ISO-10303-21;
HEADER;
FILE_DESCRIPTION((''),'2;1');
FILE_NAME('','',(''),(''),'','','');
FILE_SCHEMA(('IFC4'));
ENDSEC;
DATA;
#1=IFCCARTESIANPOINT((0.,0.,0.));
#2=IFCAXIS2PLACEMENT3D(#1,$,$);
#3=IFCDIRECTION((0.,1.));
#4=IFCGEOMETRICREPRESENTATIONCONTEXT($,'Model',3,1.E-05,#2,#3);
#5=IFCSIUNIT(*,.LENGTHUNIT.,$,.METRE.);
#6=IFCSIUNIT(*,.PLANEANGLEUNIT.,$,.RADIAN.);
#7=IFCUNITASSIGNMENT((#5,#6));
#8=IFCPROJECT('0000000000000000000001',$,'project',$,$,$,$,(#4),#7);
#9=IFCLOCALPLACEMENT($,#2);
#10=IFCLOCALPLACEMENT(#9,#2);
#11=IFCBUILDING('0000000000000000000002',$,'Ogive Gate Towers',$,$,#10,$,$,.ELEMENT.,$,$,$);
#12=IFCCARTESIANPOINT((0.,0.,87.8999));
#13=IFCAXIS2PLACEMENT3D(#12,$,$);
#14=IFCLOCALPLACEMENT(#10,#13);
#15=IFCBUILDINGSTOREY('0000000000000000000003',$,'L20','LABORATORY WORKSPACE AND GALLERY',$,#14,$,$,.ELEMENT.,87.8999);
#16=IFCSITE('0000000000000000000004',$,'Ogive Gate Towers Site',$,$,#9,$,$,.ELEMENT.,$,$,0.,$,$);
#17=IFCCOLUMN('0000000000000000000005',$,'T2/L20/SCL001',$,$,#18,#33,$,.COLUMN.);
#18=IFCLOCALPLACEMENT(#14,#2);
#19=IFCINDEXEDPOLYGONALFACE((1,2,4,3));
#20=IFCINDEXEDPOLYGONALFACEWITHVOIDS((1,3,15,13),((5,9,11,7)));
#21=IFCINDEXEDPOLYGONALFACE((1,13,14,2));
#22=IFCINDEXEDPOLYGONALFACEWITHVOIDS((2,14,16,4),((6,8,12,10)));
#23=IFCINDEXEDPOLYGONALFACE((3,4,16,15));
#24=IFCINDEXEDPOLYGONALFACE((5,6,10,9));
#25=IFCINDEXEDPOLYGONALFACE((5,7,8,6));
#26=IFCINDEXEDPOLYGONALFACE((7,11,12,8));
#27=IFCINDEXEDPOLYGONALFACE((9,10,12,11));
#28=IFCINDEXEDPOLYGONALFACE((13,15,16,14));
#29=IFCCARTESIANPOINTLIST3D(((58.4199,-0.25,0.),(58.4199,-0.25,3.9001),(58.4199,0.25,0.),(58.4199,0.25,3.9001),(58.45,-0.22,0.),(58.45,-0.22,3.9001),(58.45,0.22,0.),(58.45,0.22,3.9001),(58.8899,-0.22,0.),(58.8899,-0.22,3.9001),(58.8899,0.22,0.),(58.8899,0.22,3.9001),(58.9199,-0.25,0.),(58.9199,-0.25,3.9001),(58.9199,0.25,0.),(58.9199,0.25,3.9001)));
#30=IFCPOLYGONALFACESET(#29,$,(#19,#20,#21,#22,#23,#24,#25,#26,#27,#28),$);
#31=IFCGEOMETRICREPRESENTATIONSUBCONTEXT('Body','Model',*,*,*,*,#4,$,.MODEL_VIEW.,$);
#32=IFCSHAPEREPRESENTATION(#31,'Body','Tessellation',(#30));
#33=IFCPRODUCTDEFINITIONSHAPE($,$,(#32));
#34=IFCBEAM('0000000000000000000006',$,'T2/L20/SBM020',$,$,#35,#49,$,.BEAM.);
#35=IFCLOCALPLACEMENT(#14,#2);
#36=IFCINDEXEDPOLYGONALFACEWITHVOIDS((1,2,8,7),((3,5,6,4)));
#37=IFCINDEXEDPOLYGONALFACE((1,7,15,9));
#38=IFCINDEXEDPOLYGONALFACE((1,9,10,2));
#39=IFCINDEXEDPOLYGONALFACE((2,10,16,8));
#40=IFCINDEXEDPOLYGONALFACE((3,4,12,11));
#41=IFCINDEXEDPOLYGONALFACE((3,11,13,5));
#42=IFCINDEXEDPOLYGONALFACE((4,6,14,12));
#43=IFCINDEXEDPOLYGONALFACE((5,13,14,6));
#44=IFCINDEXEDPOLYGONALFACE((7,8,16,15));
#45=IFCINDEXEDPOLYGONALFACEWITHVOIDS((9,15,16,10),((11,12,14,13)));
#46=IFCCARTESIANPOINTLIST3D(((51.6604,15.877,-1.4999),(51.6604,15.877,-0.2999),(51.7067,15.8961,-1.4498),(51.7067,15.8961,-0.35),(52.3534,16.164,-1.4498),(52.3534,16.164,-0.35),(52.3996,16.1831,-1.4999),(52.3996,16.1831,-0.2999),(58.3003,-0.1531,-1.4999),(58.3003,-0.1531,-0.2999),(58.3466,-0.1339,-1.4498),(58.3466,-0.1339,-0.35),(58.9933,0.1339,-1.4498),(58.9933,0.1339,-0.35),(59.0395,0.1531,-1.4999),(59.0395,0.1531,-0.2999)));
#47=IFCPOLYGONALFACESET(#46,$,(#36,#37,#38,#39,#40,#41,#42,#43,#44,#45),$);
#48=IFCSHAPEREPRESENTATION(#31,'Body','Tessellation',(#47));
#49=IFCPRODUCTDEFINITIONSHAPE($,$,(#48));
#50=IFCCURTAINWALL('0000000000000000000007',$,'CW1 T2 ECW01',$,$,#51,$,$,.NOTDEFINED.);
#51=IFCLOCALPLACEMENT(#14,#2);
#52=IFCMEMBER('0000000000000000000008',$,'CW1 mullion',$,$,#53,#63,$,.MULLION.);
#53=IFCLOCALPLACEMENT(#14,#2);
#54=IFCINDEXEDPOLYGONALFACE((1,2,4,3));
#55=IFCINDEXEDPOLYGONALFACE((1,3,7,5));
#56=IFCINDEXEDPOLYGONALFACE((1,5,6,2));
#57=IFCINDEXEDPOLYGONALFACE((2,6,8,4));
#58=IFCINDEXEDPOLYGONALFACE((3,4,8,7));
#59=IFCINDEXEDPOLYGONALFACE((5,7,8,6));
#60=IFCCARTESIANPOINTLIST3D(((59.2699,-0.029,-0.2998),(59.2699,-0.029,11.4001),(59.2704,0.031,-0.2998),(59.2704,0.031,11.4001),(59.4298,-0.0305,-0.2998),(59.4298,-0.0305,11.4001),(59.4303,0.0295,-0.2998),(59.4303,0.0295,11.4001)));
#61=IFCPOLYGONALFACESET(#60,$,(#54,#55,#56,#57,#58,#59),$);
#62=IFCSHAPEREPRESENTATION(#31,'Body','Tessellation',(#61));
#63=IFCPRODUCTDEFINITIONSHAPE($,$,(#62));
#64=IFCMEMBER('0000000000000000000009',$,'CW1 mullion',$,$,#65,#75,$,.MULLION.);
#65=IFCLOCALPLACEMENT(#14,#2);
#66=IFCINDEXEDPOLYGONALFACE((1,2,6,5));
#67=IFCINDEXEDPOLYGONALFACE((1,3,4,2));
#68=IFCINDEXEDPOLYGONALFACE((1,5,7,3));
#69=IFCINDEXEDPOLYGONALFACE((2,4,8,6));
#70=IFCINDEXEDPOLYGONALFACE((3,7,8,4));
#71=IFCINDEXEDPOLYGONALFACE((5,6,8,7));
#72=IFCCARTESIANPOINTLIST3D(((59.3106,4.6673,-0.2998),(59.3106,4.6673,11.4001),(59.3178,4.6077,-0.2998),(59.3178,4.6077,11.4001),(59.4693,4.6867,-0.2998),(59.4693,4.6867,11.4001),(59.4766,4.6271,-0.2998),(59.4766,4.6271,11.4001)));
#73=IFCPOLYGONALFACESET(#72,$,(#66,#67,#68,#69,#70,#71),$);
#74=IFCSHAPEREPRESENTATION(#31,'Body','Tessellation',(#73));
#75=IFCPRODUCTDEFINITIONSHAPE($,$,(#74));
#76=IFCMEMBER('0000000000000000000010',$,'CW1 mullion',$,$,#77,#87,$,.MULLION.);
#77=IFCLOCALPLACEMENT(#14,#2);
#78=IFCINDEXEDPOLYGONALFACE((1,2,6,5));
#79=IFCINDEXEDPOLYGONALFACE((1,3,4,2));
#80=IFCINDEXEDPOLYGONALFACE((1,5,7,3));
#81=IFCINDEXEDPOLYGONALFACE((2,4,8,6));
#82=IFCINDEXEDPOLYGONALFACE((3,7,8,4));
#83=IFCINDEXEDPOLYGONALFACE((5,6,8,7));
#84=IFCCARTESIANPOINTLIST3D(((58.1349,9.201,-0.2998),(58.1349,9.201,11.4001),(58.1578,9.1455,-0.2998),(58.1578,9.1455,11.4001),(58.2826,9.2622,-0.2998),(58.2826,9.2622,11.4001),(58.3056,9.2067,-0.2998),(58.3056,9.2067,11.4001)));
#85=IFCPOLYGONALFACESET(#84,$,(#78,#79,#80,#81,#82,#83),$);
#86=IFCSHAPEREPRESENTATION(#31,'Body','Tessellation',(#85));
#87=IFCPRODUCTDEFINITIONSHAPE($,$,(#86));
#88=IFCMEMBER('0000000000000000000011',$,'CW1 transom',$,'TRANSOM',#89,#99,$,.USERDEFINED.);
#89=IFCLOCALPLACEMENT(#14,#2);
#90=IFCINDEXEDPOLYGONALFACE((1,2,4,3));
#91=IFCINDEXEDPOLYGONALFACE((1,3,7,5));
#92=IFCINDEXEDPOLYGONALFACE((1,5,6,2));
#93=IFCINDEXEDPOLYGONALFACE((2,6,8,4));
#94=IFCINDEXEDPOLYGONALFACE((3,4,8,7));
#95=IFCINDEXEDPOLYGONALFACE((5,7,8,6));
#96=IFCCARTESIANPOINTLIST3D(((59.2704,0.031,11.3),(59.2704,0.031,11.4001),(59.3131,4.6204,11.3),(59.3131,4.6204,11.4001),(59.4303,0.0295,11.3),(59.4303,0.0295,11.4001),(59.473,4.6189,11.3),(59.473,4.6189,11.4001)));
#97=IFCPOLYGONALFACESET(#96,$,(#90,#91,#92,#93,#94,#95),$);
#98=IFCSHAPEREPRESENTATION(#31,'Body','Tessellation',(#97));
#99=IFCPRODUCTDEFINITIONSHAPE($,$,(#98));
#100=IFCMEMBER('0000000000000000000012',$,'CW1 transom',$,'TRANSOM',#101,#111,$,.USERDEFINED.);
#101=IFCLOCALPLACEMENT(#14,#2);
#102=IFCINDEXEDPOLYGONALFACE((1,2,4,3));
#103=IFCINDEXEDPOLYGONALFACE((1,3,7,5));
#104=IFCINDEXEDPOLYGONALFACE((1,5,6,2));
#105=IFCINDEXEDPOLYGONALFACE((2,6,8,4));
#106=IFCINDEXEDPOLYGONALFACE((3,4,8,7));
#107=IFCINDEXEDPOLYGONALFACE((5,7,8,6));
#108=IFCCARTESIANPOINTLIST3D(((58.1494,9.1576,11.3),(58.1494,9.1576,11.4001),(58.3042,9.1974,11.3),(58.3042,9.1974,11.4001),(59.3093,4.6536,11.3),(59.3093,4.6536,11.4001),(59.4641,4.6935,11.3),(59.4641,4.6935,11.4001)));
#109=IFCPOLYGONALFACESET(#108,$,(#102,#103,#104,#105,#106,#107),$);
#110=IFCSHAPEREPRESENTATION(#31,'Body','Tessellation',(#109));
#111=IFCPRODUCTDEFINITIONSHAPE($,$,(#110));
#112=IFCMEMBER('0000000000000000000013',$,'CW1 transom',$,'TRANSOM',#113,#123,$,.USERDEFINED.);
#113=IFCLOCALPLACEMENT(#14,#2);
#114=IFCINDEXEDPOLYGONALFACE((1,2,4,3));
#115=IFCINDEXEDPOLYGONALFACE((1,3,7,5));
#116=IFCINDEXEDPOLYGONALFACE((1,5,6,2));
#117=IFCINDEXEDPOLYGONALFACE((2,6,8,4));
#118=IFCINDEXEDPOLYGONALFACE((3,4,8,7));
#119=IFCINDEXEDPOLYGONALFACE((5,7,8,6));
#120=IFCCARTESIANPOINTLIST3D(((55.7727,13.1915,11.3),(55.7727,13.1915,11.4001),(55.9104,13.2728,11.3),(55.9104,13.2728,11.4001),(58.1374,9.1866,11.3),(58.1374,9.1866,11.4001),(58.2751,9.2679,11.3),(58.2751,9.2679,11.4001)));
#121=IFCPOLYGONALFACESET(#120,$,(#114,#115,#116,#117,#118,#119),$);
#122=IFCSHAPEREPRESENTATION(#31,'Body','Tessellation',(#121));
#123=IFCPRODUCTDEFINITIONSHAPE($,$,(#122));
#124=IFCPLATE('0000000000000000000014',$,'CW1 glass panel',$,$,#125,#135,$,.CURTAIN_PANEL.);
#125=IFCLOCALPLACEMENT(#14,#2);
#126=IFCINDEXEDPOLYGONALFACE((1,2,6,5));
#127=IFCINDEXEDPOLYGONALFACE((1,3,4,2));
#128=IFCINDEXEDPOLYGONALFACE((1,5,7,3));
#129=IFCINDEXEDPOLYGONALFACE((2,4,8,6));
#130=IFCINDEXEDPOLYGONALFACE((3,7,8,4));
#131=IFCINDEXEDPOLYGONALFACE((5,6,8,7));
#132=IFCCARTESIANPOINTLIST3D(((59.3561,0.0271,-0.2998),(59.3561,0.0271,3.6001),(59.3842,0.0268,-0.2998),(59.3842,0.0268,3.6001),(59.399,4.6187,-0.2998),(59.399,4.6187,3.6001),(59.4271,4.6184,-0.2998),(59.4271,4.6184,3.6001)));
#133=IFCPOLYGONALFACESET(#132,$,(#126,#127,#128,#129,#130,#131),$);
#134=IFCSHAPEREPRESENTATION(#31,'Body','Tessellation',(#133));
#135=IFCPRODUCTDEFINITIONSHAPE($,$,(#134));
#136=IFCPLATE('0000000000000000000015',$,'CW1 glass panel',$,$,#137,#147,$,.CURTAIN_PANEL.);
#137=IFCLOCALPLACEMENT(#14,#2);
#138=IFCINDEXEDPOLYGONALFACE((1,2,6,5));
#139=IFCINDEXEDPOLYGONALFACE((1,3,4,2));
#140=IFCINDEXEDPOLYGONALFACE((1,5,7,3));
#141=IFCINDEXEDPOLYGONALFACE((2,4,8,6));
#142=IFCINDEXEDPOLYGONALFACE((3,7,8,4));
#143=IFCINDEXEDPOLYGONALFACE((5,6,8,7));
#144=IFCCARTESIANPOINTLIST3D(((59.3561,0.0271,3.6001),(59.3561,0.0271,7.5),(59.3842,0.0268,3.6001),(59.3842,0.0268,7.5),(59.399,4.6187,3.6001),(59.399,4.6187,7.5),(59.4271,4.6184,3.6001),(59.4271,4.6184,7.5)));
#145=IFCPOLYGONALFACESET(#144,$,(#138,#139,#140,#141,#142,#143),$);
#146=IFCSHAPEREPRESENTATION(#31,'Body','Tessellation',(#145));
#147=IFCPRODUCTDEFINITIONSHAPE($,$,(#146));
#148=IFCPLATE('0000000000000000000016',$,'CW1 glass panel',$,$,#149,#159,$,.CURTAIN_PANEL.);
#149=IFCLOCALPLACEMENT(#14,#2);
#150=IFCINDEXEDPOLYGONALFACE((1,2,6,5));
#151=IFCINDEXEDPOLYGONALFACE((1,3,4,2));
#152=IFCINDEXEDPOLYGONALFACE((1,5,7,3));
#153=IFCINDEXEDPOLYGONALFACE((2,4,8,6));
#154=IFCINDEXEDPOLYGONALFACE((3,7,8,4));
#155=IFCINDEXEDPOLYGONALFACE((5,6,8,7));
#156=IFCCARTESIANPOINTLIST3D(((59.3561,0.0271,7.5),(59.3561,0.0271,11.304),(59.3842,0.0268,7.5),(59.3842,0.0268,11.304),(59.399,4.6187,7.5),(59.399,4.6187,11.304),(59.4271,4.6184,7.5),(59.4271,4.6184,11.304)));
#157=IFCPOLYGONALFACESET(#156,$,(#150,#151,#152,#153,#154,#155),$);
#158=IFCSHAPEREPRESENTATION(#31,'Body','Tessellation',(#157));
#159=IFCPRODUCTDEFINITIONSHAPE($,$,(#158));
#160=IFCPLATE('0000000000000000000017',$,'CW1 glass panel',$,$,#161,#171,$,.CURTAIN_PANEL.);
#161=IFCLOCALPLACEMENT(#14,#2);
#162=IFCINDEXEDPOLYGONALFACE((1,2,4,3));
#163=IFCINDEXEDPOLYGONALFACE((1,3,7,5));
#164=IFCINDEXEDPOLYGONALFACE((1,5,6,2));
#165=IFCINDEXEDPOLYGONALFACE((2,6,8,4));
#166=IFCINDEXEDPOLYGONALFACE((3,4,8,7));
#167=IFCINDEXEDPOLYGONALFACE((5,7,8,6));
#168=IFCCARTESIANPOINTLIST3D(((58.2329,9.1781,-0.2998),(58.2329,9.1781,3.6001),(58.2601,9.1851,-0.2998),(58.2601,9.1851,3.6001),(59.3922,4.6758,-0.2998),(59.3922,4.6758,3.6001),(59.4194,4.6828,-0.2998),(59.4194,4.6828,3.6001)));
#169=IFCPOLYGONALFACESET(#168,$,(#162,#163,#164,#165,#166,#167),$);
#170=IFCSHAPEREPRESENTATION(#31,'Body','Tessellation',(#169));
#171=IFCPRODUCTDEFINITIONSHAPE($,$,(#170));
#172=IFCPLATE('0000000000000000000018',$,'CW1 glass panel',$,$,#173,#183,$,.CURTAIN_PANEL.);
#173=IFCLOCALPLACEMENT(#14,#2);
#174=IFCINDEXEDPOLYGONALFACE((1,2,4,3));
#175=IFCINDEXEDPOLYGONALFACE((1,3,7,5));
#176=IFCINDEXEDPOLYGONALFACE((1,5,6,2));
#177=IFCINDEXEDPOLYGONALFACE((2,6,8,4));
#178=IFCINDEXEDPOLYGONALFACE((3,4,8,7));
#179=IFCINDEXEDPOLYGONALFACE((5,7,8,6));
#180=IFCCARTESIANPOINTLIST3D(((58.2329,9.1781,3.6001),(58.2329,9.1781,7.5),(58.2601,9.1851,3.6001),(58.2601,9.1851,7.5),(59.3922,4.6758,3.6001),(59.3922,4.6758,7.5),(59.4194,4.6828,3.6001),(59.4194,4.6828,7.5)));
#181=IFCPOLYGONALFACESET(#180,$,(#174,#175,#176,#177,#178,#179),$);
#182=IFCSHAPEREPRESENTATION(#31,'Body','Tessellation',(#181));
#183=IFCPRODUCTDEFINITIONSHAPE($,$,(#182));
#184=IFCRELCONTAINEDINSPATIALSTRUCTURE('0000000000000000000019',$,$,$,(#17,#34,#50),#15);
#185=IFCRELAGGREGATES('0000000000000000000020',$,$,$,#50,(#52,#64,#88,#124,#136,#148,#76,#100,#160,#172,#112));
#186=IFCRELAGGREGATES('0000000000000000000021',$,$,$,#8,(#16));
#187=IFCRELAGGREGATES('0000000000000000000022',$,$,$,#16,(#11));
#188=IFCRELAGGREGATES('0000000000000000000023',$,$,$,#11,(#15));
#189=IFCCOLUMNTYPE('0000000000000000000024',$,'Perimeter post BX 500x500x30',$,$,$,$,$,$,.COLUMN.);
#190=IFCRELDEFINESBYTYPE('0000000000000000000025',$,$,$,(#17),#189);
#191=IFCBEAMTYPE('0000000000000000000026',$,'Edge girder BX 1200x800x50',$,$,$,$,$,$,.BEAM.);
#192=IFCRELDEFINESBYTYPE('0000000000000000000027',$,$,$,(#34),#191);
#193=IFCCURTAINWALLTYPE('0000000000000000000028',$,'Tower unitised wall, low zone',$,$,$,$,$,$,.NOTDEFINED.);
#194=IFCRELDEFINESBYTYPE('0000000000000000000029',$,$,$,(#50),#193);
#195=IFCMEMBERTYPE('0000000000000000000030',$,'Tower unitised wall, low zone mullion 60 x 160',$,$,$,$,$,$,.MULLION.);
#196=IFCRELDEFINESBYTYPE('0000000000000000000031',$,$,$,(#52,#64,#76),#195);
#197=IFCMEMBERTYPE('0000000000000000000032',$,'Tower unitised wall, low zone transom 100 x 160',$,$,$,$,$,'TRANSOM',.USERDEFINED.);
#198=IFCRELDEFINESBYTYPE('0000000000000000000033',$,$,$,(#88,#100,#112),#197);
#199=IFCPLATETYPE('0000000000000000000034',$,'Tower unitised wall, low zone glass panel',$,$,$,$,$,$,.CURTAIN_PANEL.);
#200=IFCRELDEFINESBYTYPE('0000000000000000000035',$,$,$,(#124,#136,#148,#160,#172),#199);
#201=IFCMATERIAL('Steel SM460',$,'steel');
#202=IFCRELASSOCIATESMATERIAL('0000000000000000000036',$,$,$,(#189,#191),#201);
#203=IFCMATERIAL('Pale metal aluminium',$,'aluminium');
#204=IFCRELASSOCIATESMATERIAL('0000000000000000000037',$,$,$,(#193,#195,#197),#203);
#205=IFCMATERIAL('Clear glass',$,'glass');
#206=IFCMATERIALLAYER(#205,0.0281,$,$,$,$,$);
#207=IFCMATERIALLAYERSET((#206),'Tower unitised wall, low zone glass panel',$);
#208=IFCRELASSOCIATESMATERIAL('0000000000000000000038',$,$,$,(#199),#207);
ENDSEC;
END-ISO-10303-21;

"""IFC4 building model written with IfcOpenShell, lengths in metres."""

from ifc_helpers import new_model, si_unit, direction, frame, origin, origin_2d, place, context, subcontext, project, spatial, rectangle, hollow_rectangle, extrude, material, layer, layer_set, material_profile, profile_set, type_object, element, aggregate, save


model = new_model("IFC4")

# Units and contexts
model_context = context("Model", 3, precision=1e-05, world=origin(), true_north=direction((0.0, 1.0)))
body_context = subcontext(model_context, "Body", "Model", "MODEL_VIEW")
ifc_project = project(units=[si_unit("LENGTHUNIT", "METRE"), si_unit("PLANEANGLEUNIT", "RADIAN")], contexts=[model_context])

# Site, building, storey
site_placement = place(None, origin())
site = spatial("IfcSite", under=ifc_project, at=site_placement, Name="Ogive Gate Towers Site", CompositionType="ELEMENT", RefElevation=0.0)
building_placement = place(site_placement, origin())
building = spatial("IfcBuilding", under=site, at=building_placement, Name="Ogive Gate Towers", CompositionType="ELEMENT")
storey_placement = place(building_placement, frame((0.0, 0.0, 87.8999)))
storey = spatial("IfcBuildingStorey", under=building, at=storey_placement, Name="L20", Description="LABORATORY WORKSPACE AND GALLERY", CompositionType="ELEMENT", Elevation=87.8999)

# Column
ifc_material_1 = material(Name="Steel SM460", Category="steel")
ifc_material_profile_1 = material_profile(ifc_material_1, hollow_rectangle(XDim=0.5, YDim=0.5, WallThickness=0.03, at=origin_2d()), Name="BX 500x500x30")
ifc_profile_set_1 = profile_set([ifc_material_profile_1], Name="Steel SM460")
column_type = type_object("IfcColumnType", Name="Perimeter post BX 500x500x30", PredefinedType="COLUMN", material=ifc_profile_set_1)
column_placement = place(storey_placement, frame((58.6699, 0.0, 0.0), z_axis=(0.0, 0.0, 1.0), x_axis=(1.0, 0.0, 0.0)))
element("IfcColumn", 1, at=column_placement, inside=storey, type_object=column_type, Name="T2/L20/SCL001", PredefinedType="COLUMN", context=body_context, shape_type="SweptSolid", body=[
    extrude(hollow_rectangle(XDim=0.5, YDim=0.5, WallThickness=0.03, at=origin_2d()), origin(), (0.0, 0.0, 1.0), 3.9001),
])

# Beam
ifc_material_profile_2 = material_profile(ifc_material_1, hollow_rectangle(XDim=0.8, YDim=1.2, WallThickness=0.05, at=origin_2d()), Name="BX 1200x800x50")
ifc_profile_set_2 = profile_set([ifc_material_profile_2], Name="Steel SM460")
beam_type = type_object("IfcBeamType", Name="Edge girder BX 1200x800x50", PredefinedType="BEAM", material=ifc_profile_set_2)
beam_placement = place(storey_placement, frame((58.6699, 0.0, -0.8999), z_axis=(-0.382685, 0.923879, 0.0), x_axis=(-0.923879, -0.382685, 0.0)))
element("IfcBeam", 2, at=beam_placement, inside=storey, type_object=beam_type, Name="T2/L20/SBM020", PredefinedType="BEAM", context=body_context, shape_type="SweptSolid", body=[
    extrude(hollow_rectangle(XDim=0.8, YDim=1.2, WallThickness=0.05, at=origin_2d()), origin(), (0.0, 0.0, 1.0), 17.3508),
])

# Curtain wall, members, plates
ifc_material_2 = material(Name="Pale metal aluminium", Category="aluminium")
curtain_wall_type = type_object("IfcCurtainWallType", Name="Tower unitised wall, low zone", PredefinedType="NOTDEFINED", material=ifc_material_2)
curtain_wall_placement = place(storey_placement, origin())
curtain_wall = element("IfcCurtainWall", 3, at=curtain_wall_placement, inside=storey, type_object=curtain_wall_type, Name="CW1 T2 ECW01", PredefinedType="NOTDEFINED")
ifc_material_profile_3 = material_profile(ifc_material_2, rectangle(XDim=0.1599, YDim=0.0601, at=origin_2d()), Name="60 x 160 aluminium box")
ifc_profile_set_3 = profile_set([ifc_material_profile_3], Name="Pale metal aluminium")
member_type_1 = type_object("IfcMemberType", Name="Tower unitised wall, low zone mullion 60 x 160", PredefinedType="MULLION", material=ifc_profile_set_3)
member_1_placement = place(storey_placement, frame((59.3501, 0.0002, -0.2998), z_axis=(0.0, 0.0, 1.0), x_axis=(0.999956, -0.009337, 0.0)))
member_1 = element("IfcMember", 4, at=member_1_placement, type_object=member_type_1, Name="CW1 mullion", PredefinedType="MULLION", context=body_context, shape_type="SweptSolid", body=[
    extrude(rectangle(XDim=0.1599, YDim=0.0601, at=origin_2d()), origin(), (0.0, 0.0, 1.0), 11.7),
])
member_2_placement = place(storey_placement, frame((59.3936, 4.6472, -0.2998), z_axis=(0.0, 0.0, 1.0), x_axis=(0.992648, 0.121038, 0.0)))
member_2 = element("IfcMember", 5, at=member_2_placement, type_object=member_type_1, Name="CW1 mullion", PredefinedType="MULLION", context=body_context, shape_type="SweptSolid", body=[
    extrude(rectangle(XDim=0.1599, YDim=0.0601, at=origin_2d()), origin(), (0.0, 0.0, 1.0), 11.7),
])
member_3_placement = place(storey_placement, frame((58.2202, 9.2039, -0.2998), z_axis=(0.0, 0.0, 1.0), x_axis=(0.92388, 0.382683, 0.0)))
member_3 = element("IfcMember", 6, at=member_3_placement, type_object=member_type_1, Name="CW1 mullion", PredefinedType="MULLION", context=body_context, shape_type="SweptSolid", body=[
    extrude(rectangle(XDim=0.1599, YDim=0.0601, at=origin_2d()), origin(), (0.0, 0.0, 1.0), 11.7),
])
ifc_material_profile_4 = material_profile(ifc_material_2, rectangle(XDim=0.1599, YDim=0.1001, at=origin_2d()), Name="100 x 160 aluminium box")
ifc_profile_set_4 = profile_set([ifc_material_profile_4], Name="Pale metal aluminium")
member_type_2 = type_object("IfcMemberType", Name="Tower unitised wall, low zone transom 100 x 160", ElementType="TRANSOM", PredefinedType="USERDEFINED", material=ifc_profile_set_4)
member_4_placement = place(storey_placement, frame((59.3503, 0.0303, 11.3501), z_axis=(0.009309, 0.999957, 0.0), x_axis=(-0.999957, 0.009309, 0.0)))
member_4 = element("IfcMember", 7, at=member_4_placement, type_object=member_type_2, Name="CW1 transom", ObjectType="TRANSOM", PredefinedType="USERDEFINED", context=body_context, shape_type="SweptSolid", body=[
    extrude(rectangle(XDim=0.1599, YDim=0.1001, at=origin_2d()), origin(), (0.0, 0.0, 1.0), 4.5896),
])
member_5_placement = place(storey_placement, frame((59.3867, 4.6736, 11.3501), z_axis=(-0.249397, 0.968401, 0.0), x_axis=(-0.968401, -0.249397, 0.0)))
member_5 = element("IfcMember", 8, at=member_5_placement, type_object=member_type_2, Name="CW1 transom", ObjectType="TRANSOM", PredefinedType="USERDEFINED", context=body_context, shape_type="SweptSolid", body=[
    extrude(rectangle(XDim=0.1599, YDim=0.1001, at=origin_2d()), origin(), (0.0, 0.0, 1.0), 4.6509),
])
member_6_placement = place(storey_placement, frame((58.2063, 9.2273, 11.3501), z_axis=(-0.508446, 0.861094, 0.0), x_axis=(-0.861094, -0.508446, 0.0)))
member_6 = element("IfcMember", 9, at=member_6_placement, type_object=member_type_2, Name="CW1 transom", ObjectType="TRANSOM", PredefinedType="USERDEFINED", context=body_context, shape_type="SweptSolid", body=[
    extrude(rectangle(XDim=0.1599, YDim=0.1001, at=origin_2d()), origin(), (0.0, 0.0, 1.0), 4.6509),
])
ifc_material_3 = material(Name="Clear glass", Category="glass")
ifc_layer_1 = layer(ifc_material_3, 0.0281)
ifc_layer_set_1 = layer_set([ifc_layer_1], Name="Tower unitised wall, low zone glass panel")
plate_type = type_object("IfcPlateType", Name="Tower unitised wall, low zone glass panel", PredefinedType="CURTAIN_PANEL", material=ifc_layer_set_1)
plate_1_placement = place(storey_placement, frame((59.3916, 2.3228, -0.2998), z_axis=(0.0, 0.0, 1.0), x_axis=(0.009337, 0.999956, 0.0)))
plate_1 = element("IfcPlate", 10, at=plate_1_placement, type_object=plate_type, Name="CW1 glass panel", PredefinedType="CURTAIN_PANEL", context=body_context, shape_type="SweptSolid", body=[
    extrude(rectangle(XDim=4.5918, YDim=0.0281, at=origin_2d()), origin(), (0.0, 0.0, 1.0), 3.8999),
])
plate_2_placement = place(storey_placement, frame((59.3916, 2.3228, 3.6001), z_axis=(0.0, 0.0, 1.0), x_axis=(0.009337, 0.999956, 0.0)))
plate_2 = element("IfcPlate", 11, at=plate_2_placement, type_object=plate_type, Name="CW1 glass panel", PredefinedType="CURTAIN_PANEL", context=body_context, shape_type="SweptSolid", body=[
    extrude(rectangle(XDim=4.5918, YDim=0.0281, at=origin_2d()), origin(), (0.0, 0.0, 1.0), 3.8999),
])
plate_3_placement = place(storey_placement, frame((59.3916, 2.3228, 7.5), z_axis=(0.0, 0.0, 1.0), x_axis=(0.009337, 0.999956, 0.0)))
plate_3 = element("IfcPlate", 12, at=plate_3_placement, type_object=plate_type, Name="CW1 glass panel", PredefinedType="CURTAIN_PANEL", context=body_context, shape_type="SweptSolid", body=[
    extrude(rectangle(XDim=4.5918, YDim=0.0281, at=origin_2d()), origin(), (0.0, 0.0, 1.0), 3.804),
])
plate_4_placement = place(storey_placement, frame((58.8262, 6.9304, -0.2998), z_axis=(0.0, 0.0, 1.0), x_axis=(-0.249349, 0.968414, 0.0)))
plate_4 = element("IfcPlate", 13, at=plate_4_placement, type_object=plate_type, Name="CW1 glass panel", PredefinedType="CURTAIN_PANEL", context=body_context, shape_type="SweptSolid", body=[
    extrude(rectangle(XDim=4.6492, YDim=0.0281, at=origin_2d()), origin(), (0.0, 0.0, 1.0), 3.8999),
])
plate_5_placement = place(storey_placement, frame((58.8262, 6.9304, 3.6001), z_axis=(0.0, 0.0, 1.0), x_axis=(-0.249349, 0.968414, 0.0)))
plate_5 = element("IfcPlate", 14, at=plate_5_placement, type_object=plate_type, Name="CW1 glass panel", PredefinedType="CURTAIN_PANEL", context=body_context, shape_type="SweptSolid", body=[
    extrude(rectangle(XDim=4.6492, YDim=0.0281, at=origin_2d()), origin(), (0.0, 0.0, 1.0), 3.8999),
])
aggregate(curtain_wall, [member_1, member_2, member_4, plate_1, plate_2, plate_3, member_3, member_5, plate_4, plate_5, member_6])

save(model, "model.ifc")
